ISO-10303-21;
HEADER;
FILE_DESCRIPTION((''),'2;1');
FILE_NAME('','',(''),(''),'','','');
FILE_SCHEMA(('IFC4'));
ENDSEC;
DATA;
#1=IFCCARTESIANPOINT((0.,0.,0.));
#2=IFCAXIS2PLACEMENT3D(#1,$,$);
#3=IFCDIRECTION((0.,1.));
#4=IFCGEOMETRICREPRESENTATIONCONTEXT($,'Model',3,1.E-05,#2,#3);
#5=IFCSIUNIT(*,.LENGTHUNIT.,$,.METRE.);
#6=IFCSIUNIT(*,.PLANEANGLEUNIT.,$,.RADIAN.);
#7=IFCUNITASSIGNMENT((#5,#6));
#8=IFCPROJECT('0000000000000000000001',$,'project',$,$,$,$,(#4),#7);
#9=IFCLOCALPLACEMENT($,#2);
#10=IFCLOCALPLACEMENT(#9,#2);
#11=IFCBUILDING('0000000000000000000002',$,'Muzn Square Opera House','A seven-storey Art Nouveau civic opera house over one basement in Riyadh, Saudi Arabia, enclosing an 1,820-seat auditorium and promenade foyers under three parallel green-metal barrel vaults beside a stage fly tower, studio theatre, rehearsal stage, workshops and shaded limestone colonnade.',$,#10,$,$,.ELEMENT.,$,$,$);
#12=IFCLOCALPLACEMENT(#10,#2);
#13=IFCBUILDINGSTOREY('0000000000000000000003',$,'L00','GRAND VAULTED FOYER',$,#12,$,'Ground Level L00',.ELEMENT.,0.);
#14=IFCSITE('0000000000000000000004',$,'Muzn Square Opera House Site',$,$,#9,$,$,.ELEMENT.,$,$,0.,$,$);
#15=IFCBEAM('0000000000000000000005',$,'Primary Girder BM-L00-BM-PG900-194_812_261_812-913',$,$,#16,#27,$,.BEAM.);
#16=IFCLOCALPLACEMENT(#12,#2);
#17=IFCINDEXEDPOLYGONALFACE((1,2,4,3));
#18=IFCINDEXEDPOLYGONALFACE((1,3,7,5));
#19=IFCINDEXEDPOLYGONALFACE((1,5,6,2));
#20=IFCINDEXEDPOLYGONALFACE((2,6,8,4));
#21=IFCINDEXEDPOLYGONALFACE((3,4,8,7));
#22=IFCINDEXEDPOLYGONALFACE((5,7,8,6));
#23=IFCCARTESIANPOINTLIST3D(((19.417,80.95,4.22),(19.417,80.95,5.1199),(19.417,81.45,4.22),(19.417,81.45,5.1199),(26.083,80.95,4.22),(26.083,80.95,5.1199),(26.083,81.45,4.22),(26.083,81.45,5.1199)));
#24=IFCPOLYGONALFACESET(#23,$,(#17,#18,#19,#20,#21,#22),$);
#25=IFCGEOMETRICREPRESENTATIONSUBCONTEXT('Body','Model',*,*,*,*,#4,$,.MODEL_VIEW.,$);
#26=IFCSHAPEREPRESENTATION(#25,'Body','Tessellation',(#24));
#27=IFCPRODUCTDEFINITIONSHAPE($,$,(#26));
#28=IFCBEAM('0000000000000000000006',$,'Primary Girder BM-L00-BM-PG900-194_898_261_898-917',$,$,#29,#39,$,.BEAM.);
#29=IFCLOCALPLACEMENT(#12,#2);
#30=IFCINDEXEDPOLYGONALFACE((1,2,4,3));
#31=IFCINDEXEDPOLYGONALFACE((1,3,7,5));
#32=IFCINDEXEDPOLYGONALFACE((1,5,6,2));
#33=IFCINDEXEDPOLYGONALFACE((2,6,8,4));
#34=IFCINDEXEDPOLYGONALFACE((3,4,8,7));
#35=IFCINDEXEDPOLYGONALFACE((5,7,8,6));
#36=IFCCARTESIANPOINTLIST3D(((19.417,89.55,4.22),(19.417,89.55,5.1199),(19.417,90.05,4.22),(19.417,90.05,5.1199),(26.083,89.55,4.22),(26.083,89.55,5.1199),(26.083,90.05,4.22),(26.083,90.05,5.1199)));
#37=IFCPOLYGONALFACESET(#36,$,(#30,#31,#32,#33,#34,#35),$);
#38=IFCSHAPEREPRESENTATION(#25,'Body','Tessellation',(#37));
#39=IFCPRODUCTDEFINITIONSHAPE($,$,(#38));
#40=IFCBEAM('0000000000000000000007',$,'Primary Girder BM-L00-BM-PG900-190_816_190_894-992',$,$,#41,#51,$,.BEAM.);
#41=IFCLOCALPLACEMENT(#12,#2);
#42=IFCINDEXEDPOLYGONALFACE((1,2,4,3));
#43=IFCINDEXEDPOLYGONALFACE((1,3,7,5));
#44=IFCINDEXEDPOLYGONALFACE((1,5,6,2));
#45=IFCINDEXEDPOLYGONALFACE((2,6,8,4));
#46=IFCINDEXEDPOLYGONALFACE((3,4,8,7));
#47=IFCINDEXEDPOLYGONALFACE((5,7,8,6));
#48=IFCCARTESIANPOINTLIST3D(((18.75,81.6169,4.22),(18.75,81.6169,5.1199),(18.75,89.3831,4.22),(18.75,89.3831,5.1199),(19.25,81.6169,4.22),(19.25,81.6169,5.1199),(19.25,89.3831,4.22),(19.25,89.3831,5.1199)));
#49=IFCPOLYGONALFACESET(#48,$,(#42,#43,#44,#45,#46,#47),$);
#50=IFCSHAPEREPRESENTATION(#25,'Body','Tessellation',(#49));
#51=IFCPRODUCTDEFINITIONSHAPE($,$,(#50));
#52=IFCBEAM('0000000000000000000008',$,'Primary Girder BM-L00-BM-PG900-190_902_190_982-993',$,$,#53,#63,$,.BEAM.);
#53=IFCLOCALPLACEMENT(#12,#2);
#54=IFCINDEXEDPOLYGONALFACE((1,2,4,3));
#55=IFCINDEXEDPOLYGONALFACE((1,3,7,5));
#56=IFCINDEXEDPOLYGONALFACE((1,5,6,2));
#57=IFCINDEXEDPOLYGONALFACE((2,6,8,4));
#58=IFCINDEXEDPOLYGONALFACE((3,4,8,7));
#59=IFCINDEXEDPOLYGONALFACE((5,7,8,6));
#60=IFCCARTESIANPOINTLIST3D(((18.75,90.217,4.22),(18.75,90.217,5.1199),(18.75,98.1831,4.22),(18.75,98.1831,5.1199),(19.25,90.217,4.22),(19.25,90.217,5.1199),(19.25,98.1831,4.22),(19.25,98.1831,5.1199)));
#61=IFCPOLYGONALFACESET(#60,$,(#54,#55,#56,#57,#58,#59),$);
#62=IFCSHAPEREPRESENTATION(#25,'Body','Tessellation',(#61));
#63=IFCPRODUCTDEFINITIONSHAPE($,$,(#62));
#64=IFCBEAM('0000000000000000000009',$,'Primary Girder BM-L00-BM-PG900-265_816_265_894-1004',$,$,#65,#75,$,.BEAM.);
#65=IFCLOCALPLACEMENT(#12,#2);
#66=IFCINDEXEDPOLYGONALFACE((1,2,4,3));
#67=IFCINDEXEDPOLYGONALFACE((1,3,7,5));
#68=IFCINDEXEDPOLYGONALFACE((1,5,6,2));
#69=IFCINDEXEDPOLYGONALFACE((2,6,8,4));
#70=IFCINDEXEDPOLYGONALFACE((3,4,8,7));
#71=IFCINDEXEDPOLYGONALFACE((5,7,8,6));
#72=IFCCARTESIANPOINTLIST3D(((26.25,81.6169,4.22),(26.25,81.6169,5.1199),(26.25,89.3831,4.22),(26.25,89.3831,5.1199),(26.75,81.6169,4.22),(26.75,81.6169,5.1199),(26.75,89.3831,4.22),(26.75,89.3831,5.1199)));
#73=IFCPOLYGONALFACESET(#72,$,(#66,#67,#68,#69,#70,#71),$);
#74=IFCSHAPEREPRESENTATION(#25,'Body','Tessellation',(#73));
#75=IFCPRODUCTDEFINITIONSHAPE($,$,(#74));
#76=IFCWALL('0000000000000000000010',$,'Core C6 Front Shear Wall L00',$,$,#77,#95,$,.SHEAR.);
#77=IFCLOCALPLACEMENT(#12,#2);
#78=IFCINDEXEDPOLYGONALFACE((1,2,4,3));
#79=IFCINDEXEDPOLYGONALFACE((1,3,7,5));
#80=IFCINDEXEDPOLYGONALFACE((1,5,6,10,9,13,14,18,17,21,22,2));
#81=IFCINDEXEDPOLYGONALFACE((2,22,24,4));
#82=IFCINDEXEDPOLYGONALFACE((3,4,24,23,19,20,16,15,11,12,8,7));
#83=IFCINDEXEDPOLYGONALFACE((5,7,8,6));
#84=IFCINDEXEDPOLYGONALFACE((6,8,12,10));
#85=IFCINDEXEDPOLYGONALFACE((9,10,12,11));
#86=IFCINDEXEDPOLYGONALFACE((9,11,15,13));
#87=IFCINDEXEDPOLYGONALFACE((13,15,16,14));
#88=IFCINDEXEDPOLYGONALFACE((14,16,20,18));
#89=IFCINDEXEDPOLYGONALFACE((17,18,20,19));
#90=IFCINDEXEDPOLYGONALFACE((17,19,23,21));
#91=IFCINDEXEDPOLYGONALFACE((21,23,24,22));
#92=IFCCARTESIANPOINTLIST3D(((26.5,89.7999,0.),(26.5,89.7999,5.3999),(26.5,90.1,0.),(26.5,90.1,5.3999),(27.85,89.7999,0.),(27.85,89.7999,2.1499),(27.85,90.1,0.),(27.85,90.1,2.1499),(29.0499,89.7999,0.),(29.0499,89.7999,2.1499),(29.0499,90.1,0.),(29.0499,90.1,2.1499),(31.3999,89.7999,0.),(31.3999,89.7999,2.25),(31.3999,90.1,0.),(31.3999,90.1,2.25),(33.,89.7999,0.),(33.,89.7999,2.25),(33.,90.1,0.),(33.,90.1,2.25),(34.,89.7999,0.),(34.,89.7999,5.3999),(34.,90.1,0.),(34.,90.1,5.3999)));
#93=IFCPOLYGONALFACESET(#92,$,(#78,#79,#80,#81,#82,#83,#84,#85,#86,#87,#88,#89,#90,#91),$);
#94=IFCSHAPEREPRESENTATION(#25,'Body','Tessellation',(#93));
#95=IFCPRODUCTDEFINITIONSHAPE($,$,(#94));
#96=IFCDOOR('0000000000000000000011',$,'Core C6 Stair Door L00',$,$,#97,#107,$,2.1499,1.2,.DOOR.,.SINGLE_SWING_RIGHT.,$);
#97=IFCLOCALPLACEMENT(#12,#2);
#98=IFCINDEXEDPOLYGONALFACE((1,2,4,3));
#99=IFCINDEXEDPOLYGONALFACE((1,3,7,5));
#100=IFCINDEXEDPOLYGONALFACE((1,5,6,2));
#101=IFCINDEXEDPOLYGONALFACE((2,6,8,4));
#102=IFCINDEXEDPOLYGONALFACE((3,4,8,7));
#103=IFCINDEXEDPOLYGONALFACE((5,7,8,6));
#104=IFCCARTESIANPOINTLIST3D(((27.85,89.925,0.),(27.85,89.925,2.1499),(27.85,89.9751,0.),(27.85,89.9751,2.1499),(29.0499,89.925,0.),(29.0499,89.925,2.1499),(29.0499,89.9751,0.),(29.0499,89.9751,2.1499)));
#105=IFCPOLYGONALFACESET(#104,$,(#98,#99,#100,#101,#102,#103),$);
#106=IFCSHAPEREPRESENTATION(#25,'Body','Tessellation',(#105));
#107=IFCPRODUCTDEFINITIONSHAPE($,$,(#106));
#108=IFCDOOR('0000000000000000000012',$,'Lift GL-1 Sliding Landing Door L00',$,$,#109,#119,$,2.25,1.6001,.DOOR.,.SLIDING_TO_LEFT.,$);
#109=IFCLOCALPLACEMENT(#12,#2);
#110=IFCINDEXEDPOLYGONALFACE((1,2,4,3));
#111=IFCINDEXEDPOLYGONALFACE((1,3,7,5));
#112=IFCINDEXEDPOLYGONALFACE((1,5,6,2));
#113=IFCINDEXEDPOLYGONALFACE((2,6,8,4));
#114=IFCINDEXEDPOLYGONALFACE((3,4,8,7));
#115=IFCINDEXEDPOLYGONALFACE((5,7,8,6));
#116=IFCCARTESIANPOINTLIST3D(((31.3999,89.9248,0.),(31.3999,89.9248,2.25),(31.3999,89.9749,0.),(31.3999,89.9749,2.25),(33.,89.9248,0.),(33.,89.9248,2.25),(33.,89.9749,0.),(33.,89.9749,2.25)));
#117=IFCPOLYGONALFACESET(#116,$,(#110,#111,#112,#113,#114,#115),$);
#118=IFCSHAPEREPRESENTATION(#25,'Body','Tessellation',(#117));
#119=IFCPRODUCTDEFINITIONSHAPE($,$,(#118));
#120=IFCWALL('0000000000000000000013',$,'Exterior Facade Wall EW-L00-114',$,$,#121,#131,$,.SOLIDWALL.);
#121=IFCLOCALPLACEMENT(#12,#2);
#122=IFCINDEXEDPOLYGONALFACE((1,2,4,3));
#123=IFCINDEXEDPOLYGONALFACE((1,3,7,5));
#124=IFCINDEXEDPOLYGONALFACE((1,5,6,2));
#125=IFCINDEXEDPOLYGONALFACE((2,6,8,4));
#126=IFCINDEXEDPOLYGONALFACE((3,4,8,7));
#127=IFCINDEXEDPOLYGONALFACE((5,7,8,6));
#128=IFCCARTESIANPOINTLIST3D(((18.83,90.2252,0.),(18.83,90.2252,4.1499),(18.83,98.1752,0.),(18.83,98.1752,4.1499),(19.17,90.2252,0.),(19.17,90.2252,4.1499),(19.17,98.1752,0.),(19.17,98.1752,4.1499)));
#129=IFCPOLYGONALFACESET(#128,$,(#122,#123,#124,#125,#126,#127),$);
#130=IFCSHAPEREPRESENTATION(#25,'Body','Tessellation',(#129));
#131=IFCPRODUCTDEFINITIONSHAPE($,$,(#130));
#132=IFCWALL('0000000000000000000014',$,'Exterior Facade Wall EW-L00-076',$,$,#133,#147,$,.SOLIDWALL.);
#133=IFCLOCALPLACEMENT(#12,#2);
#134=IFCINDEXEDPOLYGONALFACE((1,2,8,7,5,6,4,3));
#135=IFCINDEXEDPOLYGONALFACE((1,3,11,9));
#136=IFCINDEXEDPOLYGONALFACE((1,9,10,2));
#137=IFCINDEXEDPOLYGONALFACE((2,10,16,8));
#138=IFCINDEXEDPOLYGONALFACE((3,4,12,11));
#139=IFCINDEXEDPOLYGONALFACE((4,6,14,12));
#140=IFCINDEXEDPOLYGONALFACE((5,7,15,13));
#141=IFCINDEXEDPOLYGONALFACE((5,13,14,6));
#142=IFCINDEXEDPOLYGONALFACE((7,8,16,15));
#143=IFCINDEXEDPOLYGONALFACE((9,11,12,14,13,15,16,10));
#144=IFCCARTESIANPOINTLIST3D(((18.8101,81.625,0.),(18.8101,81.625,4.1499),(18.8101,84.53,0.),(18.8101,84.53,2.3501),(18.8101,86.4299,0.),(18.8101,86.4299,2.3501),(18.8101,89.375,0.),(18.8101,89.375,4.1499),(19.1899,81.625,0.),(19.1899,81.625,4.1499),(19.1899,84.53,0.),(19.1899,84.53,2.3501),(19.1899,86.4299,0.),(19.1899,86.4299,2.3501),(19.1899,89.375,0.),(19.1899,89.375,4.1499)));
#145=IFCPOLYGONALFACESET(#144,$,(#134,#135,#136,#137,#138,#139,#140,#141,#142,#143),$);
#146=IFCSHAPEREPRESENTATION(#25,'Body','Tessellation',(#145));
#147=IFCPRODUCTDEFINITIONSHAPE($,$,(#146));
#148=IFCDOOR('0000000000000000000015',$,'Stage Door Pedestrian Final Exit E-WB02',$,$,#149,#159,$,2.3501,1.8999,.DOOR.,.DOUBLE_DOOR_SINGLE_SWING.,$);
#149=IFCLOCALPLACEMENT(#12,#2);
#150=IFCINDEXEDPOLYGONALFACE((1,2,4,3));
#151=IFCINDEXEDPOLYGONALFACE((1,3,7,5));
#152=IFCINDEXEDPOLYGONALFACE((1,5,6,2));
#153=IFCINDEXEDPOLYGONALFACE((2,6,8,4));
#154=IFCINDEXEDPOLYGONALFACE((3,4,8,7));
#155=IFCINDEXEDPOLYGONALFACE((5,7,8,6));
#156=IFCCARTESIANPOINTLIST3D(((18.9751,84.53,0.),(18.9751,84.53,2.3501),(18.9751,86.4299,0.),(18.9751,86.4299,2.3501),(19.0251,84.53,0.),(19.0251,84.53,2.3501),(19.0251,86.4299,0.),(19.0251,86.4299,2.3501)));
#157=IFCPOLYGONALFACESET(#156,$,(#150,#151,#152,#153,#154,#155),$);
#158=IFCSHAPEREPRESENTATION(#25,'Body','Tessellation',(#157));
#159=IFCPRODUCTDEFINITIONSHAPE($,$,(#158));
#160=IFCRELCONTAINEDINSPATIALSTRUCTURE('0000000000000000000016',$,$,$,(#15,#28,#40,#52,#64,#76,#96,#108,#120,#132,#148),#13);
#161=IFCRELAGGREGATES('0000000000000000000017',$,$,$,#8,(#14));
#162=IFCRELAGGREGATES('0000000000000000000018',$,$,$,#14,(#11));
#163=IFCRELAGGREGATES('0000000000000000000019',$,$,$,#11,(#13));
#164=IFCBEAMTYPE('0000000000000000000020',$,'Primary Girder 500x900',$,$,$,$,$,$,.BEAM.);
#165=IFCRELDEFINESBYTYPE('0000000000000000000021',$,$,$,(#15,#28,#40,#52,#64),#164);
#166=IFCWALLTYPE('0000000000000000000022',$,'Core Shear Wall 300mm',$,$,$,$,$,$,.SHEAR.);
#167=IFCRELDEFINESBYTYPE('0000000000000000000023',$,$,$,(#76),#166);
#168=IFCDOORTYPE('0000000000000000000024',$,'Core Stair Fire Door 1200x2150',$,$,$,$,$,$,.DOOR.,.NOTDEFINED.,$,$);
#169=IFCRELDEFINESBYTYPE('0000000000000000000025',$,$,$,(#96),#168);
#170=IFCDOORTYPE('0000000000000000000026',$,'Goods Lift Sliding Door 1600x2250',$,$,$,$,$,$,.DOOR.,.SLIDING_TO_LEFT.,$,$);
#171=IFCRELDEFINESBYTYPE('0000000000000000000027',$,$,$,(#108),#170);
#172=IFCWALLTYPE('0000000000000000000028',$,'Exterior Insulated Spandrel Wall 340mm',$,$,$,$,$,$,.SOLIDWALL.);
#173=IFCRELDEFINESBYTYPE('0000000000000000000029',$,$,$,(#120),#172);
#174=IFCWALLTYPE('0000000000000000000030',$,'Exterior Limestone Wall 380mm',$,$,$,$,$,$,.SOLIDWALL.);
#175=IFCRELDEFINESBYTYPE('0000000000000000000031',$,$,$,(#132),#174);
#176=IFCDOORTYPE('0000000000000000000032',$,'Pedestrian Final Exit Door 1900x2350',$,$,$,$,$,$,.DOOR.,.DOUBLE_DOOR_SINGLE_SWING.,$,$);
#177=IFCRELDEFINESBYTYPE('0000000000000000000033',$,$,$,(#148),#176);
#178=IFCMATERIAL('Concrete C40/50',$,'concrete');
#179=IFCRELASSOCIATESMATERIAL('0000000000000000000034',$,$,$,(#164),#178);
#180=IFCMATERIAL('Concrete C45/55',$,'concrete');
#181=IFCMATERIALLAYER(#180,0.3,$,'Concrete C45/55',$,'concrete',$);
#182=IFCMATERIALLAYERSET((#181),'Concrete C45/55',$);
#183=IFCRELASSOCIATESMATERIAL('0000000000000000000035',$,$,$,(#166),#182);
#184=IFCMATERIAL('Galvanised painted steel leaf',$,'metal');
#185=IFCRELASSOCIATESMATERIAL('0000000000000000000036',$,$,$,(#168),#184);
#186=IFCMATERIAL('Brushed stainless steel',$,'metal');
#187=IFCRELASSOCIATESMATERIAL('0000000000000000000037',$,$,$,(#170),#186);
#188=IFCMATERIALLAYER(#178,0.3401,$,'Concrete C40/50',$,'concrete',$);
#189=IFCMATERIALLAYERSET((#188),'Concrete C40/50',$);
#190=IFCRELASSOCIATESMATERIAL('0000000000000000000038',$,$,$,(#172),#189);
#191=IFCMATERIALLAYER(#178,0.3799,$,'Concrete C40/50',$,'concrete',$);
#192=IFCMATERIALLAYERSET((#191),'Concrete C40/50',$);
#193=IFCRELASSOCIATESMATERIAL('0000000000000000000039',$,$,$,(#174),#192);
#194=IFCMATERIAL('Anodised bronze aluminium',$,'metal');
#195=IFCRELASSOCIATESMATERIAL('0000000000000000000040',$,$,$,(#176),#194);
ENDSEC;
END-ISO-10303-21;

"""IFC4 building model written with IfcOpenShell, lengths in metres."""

from ifc_helpers import new_model, si_unit, direction, frame, frame_2d, origin, origin_2d, place, context, subcontext, project, spatial, rectangle, extrude, material, layer, layer_set, material_profile, profile_set, type_object, element, fill, save


model = new_model("IFC4")

# Units and contexts
model_context = context("Model", 3, precision=1e-05, world=origin(), true_north=direction((0.0, 1.0)))
body_context = subcontext(model_context, "Body", "Model", "MODEL_VIEW")
ifc_project = project(units=[si_unit("LENGTHUNIT", "METRE"), si_unit("PLANEANGLEUNIT", "RADIAN")], contexts=[model_context])

# Site, building, storey
site_placement = place(None, origin())
site = spatial("IfcSite", under=ifc_project, at=site_placement, Name="Muzn Square Opera House Site", CompositionType="ELEMENT", RefElevation=0.0)
building_placement = place(site_placement, origin())
building = spatial("IfcBuilding", under=site, at=building_placement, Name="Muzn Square Opera House", Description="A seven-storey Art Nouveau civic opera house over one basement in Riyadh, Saudi Arabia, enclosing an 1,820-seat auditorium and promenade foyers under three parallel green-metal barrel vaults beside a stage fly tower, studio theatre, rehearsal stage, workshops and shaded limestone colonnade.", CompositionType="ELEMENT")
storey_placement = place(building_placement, origin())
storey = spatial("IfcBuildingStorey", under=building, at=storey_placement, Name="L00", Description="GRAND VAULTED FOYER", LongName="Ground Level L00", CompositionType="ELEMENT", Elevation=0.0)

# Shared definitions
ifc_material_1 = material(Name="Concrete C45/55", Category="concrete")

# Beams
ifc_material_2 = material(Name="Concrete C40/50", Category="concrete")
ifc_material_profile_1 = material_profile(ifc_material_2, rectangle(XDim=0.5, YDim=0.8999, at=origin_2d()), Name="RCB 500x900", Category="concrete")
ifc_profile_set_1 = profile_set([ifc_material_profile_1], Name="Concrete C40/50")
beam_type_1 = type_object("IfcBeamType", Name="Primary Girder 500x900", PredefinedType="BEAM", material=ifc_profile_set_1)
for number, where, z_axis, x_axis, name in (
    (1, (19.417, 81.2, 4.6699), (1.0, 0.0, 0.0), (0.0, 1.0, 0.0), "Primary Girder BM-L00-BM-PG900-194_812_261_812-913"),
    (2, (19.417, 89.8, 4.6699), (1.0, 0.0, 0.0), (0.0, 1.0, 0.0), "Primary Girder BM-L00-BM-PG900-194_898_261_898-917"),
):
    element("IfcBeam", number, at=place(storey_placement, frame(where, z_axis=z_axis, x_axis=x_axis)), inside=storey, type_object=beam_type_1, Name=name, PredefinedType="BEAM", context=body_context, shape_type="SweptSolid", body=[
        extrude(rectangle(XDim=0.5, YDim=0.8999, at=origin_2d()), origin(), (0.0, 0.0, 1.0), 6.666),
    ])
beam_1_placement = place(storey_placement, frame((19.0, 81.6169, 4.6699), z_axis=(0.0, 1.0, 0.0), x_axis=(-1.0, 0.0, 0.0)))
element("IfcBeam", 3, at=beam_1_placement, inside=storey, type_object=beam_type_1, Name="Primary Girder BM-L00-BM-PG900-190_816_190_894-992", PredefinedType="BEAM", context=body_context, shape_type="SweptSolid", body=[
    extrude(rectangle(XDim=0.5, YDim=0.8999, at=origin_2d()), origin(), (0.0, 0.0, 1.0), 7.7661),
])
beam_2_placement = place(storey_placement, frame((19.0, 90.217, 4.6699), z_axis=(0.0, 1.0, 0.0), x_axis=(-1.0, 0.0, 0.0)))
element("IfcBeam", 4, at=beam_2_placement, inside=storey, type_object=beam_type_1, Name="Primary Girder BM-L00-BM-PG900-190_902_190_982-993", PredefinedType="BEAM", context=body_context, shape_type="SweptSolid", body=[
    extrude(rectangle(XDim=0.5, YDim=0.8999, at=origin_2d()), origin(), (0.0, 0.0, 1.0), 7.9661),
])
beam_3_placement = place(storey_placement, frame((26.5, 81.6169, 4.6699), z_axis=(0.0, 1.0, 0.0), x_axis=(-1.0, 0.0, 0.0)))
element("IfcBeam", 5, at=beam_3_placement, inside=storey, type_object=beam_type_1, Name="Primary Girder BM-L00-BM-PG900-265_816_265_894-1004", PredefinedType="BEAM", context=body_context, shape_type="SweptSolid", body=[
    extrude(rectangle(XDim=0.5, YDim=0.8999, at=origin_2d()), origin(), (0.0, 0.0, 1.0), 7.7661),
])

# Wall, openings, doors
ifc_layer_1 = layer(ifc_material_1, 0.3, Name="Concrete C45/55", Category="concrete")
ifc_layer_set_1 = layer_set([ifc_layer_1], Name="Concrete C45/55")
wall_type_1 = type_object("IfcWallType", Name="Core Shear Wall 300mm", PredefinedType="SHEAR", material=ifc_layer_set_1)
wall_1_placement = place(storey_placement, frame((26.5, 89.95, 0.0), z_axis=(0.0, 0.0, 1.0), x_axis=(1.0, 0.0, 0.0)))
wall_1 = element("IfcWall", 6, at=wall_1_placement, inside=storey, type_object=wall_type_1, Name="Core C6 Front Shear Wall L00", PredefinedType="SHEAR", context=body_context, shape_type="SweptSolid", body=[
    extrude(rectangle(XDim=7.5, YDim=0.3, at=frame_2d((3.75, 0.0))), origin(), (0.0, 0.0, 1.0), 5.3999),
])
opening_1_placement = place(wall_1_placement, frame((2.55, 0.0, 0.0), z_axis=(0.0, 0.0, 1.0), x_axis=(-1.0, 0.0, 0.0)))
opening_1 = element("IfcOpeningElement", 7, at=opening_1_placement, cuts=wall_1, PredefinedType="OPENING", context=body_context, shape_type="SweptSolid", body=[
    extrude(rectangle(XDim=1.2, YDim=2.1499, at=frame_2d((0.6001, 1.075))), frame((0.0, 0.1599, 0.0), z_axis=(0.0, -1.0, 0.0), x_axis=(1.0, 0.0, 0.0)), (0.0, 0.0, 1.0), 0.3201),
])
opening_2_placement = place(wall_1_placement, frame((4.8999, 0.0, 0.0)))
opening_2 = element("IfcOpeningElement", 8, at=opening_2_placement, cuts=wall_1, PredefinedType="OPENING", context=body_context, shape_type="SweptSolid", body=[
    extrude(rectangle(XDim=1.6001, YDim=2.25, at=frame_2d((0.8, 1.125))), frame((0.0, 0.1599, 0.0), z_axis=(0.0, -1.0, 0.0), x_axis=(1.0, 0.0, 0.0)), (0.0, 0.0, 1.0), 0.3201),
])
ifc_material_3 = material(Name="Galvanised painted steel leaf", Category="metal")
door_type_1 = type_object("IfcDoorType", Name="Core Stair Fire Door 1200x2150", OperationType="NOTDEFINED", PredefinedType="DOOR", material=ifc_material_3)
door_1_placement = place(opening_1_placement, origin())
door_1 = element("IfcDoor", 9, at=door_1_placement, inside=storey, type_object=door_type_1, Name="Core C6 Stair Door L00", OperationType="SINGLE_SWING_RIGHT", OverallHeight=2.1499, OverallWidth=1.2, PredefinedType="DOOR", context=body_context, shape_type="SweptSolid", body=[
    extrude(rectangle(XDim=1.2, YDim=2.1499, at=frame_2d((0.6001, 1.075))), frame((0.0, 0.0249, 0.0), z_axis=(0.0, -1.0, 0.0), x_axis=(1.0, 0.0, 0.0)), (0.0, 0.0, 1.0), 0.05),
])
fill(opening_1, door_1)
ifc_material_4 = material(Name="Brushed stainless steel", Category="metal")
door_type_2 = type_object("IfcDoorType", Name="Goods Lift Sliding Door 1600x2250", OperationType="SLIDING_TO_LEFT", PredefinedType="DOOR", material=ifc_material_4)
door_2_placement = place(opening_2_placement, origin())
door_2 = element("IfcDoor", 10, at=door_2_placement, inside=storey, type_object=door_type_2, Name="Lift GL-1 Sliding Landing Door L00", OperationType="SLIDING_TO_LEFT", OverallHeight=2.25, OverallWidth=1.6001, PredefinedType="DOOR", context=body_context, shape_type="SweptSolid", body=[
    extrude(rectangle(XDim=1.6001, YDim=2.25, at=frame_2d((0.8, 1.125))), frame((0.0, 0.0249, 0.0), z_axis=(0.0, -1.0, 0.0), x_axis=(1.0, 0.0, 0.0)), (0.0, 0.0, 1.0), 0.05),
])
fill(opening_2, door_2)

# Wall
ifc_layer_2 = layer(ifc_material_2, 0.3401, Name="Concrete C40/50", Category="concrete")
ifc_layer_set_2 = layer_set([ifc_layer_2], Name="Concrete C40/50")
wall_type_2 = type_object("IfcWallType", Name="Exterior Insulated Spandrel Wall 340mm", PredefinedType="SOLIDWALL", material=ifc_layer_set_2)
wall_2_placement = place(storey_placement, frame((19.0, 90.2251, 0.0), z_axis=(0.0, 0.0, 1.0), x_axis=(0.0, 1.0, 0.0)))
element("IfcWall", 11, at=wall_2_placement, inside=storey, type_object=wall_type_2, Name="Exterior Facade Wall EW-L00-114", PredefinedType="SOLIDWALL", context=body_context, shape_type="SweptSolid", body=[
    extrude(rectangle(XDim=7.95, YDim=0.3401, at=frame_2d((3.9751, 0.0))), origin(), (0.0, 0.0, 1.0), 4.1499),
])

# Wall, opening, door
ifc_layer_3 = layer(ifc_material_2, 0.3799, Name="Concrete C40/50", Category="concrete")
ifc_layer_set_3 = layer_set([ifc_layer_3], Name="Concrete C40/50")
wall_type_3 = type_object("IfcWallType", Name="Exterior Limestone Wall 380mm", PredefinedType="SOLIDWALL", material=ifc_layer_set_3)
wall_3_placement = place(storey_placement, frame((19.0, 81.625, 0.0), z_axis=(0.0, 0.0, 1.0), x_axis=(0.0, 1.0, 0.0)))
wall_3 = element("IfcWall", 12, at=wall_3_placement, inside=storey, type_object=wall_type_3, Name="Exterior Facade Wall EW-L00-076", PredefinedType="SOLIDWALL", context=body_context, shape_type="SweptSolid", body=[
    extrude(rectangle(XDim=7.75, YDim=0.3799, at=frame_2d((3.875, 0.0))), origin(), (0.0, 0.0, 1.0), 4.1499),
])
opening_3_placement = place(wall_3_placement, frame((2.905, 0.0, 0.0)))
opening_3 = element("IfcOpeningElement", 13, at=opening_3_placement, cuts=wall_3, PredefinedType="OPENING", context=body_context, shape_type="SweptSolid", body=[
    extrude(rectangle(XDim=1.8999, YDim=2.3501, at=frame_2d((0.95, 1.175))), frame((0.0, 0.2, 0.0), z_axis=(0.0, -1.0, 0.0), x_axis=(1.0, 0.0, 0.0)), (0.0, 0.0, 1.0), 0.3999),
])
ifc_material_5 = material(Name="Anodised bronze aluminium", Category="metal")
door_type_3 = type_object("IfcDoorType", Name="Pedestrian Final Exit Door 1900x2350", OperationType="DOUBLE_DOOR_SINGLE_SWING", PredefinedType="DOOR", material=ifc_material_5)
door_3_placement = place(opening_3_placement, origin())
door_3 = element("IfcDoor", 14, at=door_3_placement, inside=storey, type_object=door_type_3, Name="Stage Door Pedestrian Final Exit E-WB02", OperationType="DOUBLE_DOOR_SINGLE_SWING", OverallHeight=2.3501, OverallWidth=1.8999, PredefinedType="DOOR", context=body_context, shape_type="SweptSolid", body=[
    extrude(rectangle(XDim=1.8999, YDim=2.3501, at=frame_2d((0.95, 1.175))), frame((0.0, 0.0249, 0.0), z_axis=(0.0, -1.0, 0.0), x_axis=(1.0, 0.0, 0.0)), (0.0, 0.0, 1.0), 0.05),
])
fill(opening_3, door_3)

save(model, "model.ifc")
